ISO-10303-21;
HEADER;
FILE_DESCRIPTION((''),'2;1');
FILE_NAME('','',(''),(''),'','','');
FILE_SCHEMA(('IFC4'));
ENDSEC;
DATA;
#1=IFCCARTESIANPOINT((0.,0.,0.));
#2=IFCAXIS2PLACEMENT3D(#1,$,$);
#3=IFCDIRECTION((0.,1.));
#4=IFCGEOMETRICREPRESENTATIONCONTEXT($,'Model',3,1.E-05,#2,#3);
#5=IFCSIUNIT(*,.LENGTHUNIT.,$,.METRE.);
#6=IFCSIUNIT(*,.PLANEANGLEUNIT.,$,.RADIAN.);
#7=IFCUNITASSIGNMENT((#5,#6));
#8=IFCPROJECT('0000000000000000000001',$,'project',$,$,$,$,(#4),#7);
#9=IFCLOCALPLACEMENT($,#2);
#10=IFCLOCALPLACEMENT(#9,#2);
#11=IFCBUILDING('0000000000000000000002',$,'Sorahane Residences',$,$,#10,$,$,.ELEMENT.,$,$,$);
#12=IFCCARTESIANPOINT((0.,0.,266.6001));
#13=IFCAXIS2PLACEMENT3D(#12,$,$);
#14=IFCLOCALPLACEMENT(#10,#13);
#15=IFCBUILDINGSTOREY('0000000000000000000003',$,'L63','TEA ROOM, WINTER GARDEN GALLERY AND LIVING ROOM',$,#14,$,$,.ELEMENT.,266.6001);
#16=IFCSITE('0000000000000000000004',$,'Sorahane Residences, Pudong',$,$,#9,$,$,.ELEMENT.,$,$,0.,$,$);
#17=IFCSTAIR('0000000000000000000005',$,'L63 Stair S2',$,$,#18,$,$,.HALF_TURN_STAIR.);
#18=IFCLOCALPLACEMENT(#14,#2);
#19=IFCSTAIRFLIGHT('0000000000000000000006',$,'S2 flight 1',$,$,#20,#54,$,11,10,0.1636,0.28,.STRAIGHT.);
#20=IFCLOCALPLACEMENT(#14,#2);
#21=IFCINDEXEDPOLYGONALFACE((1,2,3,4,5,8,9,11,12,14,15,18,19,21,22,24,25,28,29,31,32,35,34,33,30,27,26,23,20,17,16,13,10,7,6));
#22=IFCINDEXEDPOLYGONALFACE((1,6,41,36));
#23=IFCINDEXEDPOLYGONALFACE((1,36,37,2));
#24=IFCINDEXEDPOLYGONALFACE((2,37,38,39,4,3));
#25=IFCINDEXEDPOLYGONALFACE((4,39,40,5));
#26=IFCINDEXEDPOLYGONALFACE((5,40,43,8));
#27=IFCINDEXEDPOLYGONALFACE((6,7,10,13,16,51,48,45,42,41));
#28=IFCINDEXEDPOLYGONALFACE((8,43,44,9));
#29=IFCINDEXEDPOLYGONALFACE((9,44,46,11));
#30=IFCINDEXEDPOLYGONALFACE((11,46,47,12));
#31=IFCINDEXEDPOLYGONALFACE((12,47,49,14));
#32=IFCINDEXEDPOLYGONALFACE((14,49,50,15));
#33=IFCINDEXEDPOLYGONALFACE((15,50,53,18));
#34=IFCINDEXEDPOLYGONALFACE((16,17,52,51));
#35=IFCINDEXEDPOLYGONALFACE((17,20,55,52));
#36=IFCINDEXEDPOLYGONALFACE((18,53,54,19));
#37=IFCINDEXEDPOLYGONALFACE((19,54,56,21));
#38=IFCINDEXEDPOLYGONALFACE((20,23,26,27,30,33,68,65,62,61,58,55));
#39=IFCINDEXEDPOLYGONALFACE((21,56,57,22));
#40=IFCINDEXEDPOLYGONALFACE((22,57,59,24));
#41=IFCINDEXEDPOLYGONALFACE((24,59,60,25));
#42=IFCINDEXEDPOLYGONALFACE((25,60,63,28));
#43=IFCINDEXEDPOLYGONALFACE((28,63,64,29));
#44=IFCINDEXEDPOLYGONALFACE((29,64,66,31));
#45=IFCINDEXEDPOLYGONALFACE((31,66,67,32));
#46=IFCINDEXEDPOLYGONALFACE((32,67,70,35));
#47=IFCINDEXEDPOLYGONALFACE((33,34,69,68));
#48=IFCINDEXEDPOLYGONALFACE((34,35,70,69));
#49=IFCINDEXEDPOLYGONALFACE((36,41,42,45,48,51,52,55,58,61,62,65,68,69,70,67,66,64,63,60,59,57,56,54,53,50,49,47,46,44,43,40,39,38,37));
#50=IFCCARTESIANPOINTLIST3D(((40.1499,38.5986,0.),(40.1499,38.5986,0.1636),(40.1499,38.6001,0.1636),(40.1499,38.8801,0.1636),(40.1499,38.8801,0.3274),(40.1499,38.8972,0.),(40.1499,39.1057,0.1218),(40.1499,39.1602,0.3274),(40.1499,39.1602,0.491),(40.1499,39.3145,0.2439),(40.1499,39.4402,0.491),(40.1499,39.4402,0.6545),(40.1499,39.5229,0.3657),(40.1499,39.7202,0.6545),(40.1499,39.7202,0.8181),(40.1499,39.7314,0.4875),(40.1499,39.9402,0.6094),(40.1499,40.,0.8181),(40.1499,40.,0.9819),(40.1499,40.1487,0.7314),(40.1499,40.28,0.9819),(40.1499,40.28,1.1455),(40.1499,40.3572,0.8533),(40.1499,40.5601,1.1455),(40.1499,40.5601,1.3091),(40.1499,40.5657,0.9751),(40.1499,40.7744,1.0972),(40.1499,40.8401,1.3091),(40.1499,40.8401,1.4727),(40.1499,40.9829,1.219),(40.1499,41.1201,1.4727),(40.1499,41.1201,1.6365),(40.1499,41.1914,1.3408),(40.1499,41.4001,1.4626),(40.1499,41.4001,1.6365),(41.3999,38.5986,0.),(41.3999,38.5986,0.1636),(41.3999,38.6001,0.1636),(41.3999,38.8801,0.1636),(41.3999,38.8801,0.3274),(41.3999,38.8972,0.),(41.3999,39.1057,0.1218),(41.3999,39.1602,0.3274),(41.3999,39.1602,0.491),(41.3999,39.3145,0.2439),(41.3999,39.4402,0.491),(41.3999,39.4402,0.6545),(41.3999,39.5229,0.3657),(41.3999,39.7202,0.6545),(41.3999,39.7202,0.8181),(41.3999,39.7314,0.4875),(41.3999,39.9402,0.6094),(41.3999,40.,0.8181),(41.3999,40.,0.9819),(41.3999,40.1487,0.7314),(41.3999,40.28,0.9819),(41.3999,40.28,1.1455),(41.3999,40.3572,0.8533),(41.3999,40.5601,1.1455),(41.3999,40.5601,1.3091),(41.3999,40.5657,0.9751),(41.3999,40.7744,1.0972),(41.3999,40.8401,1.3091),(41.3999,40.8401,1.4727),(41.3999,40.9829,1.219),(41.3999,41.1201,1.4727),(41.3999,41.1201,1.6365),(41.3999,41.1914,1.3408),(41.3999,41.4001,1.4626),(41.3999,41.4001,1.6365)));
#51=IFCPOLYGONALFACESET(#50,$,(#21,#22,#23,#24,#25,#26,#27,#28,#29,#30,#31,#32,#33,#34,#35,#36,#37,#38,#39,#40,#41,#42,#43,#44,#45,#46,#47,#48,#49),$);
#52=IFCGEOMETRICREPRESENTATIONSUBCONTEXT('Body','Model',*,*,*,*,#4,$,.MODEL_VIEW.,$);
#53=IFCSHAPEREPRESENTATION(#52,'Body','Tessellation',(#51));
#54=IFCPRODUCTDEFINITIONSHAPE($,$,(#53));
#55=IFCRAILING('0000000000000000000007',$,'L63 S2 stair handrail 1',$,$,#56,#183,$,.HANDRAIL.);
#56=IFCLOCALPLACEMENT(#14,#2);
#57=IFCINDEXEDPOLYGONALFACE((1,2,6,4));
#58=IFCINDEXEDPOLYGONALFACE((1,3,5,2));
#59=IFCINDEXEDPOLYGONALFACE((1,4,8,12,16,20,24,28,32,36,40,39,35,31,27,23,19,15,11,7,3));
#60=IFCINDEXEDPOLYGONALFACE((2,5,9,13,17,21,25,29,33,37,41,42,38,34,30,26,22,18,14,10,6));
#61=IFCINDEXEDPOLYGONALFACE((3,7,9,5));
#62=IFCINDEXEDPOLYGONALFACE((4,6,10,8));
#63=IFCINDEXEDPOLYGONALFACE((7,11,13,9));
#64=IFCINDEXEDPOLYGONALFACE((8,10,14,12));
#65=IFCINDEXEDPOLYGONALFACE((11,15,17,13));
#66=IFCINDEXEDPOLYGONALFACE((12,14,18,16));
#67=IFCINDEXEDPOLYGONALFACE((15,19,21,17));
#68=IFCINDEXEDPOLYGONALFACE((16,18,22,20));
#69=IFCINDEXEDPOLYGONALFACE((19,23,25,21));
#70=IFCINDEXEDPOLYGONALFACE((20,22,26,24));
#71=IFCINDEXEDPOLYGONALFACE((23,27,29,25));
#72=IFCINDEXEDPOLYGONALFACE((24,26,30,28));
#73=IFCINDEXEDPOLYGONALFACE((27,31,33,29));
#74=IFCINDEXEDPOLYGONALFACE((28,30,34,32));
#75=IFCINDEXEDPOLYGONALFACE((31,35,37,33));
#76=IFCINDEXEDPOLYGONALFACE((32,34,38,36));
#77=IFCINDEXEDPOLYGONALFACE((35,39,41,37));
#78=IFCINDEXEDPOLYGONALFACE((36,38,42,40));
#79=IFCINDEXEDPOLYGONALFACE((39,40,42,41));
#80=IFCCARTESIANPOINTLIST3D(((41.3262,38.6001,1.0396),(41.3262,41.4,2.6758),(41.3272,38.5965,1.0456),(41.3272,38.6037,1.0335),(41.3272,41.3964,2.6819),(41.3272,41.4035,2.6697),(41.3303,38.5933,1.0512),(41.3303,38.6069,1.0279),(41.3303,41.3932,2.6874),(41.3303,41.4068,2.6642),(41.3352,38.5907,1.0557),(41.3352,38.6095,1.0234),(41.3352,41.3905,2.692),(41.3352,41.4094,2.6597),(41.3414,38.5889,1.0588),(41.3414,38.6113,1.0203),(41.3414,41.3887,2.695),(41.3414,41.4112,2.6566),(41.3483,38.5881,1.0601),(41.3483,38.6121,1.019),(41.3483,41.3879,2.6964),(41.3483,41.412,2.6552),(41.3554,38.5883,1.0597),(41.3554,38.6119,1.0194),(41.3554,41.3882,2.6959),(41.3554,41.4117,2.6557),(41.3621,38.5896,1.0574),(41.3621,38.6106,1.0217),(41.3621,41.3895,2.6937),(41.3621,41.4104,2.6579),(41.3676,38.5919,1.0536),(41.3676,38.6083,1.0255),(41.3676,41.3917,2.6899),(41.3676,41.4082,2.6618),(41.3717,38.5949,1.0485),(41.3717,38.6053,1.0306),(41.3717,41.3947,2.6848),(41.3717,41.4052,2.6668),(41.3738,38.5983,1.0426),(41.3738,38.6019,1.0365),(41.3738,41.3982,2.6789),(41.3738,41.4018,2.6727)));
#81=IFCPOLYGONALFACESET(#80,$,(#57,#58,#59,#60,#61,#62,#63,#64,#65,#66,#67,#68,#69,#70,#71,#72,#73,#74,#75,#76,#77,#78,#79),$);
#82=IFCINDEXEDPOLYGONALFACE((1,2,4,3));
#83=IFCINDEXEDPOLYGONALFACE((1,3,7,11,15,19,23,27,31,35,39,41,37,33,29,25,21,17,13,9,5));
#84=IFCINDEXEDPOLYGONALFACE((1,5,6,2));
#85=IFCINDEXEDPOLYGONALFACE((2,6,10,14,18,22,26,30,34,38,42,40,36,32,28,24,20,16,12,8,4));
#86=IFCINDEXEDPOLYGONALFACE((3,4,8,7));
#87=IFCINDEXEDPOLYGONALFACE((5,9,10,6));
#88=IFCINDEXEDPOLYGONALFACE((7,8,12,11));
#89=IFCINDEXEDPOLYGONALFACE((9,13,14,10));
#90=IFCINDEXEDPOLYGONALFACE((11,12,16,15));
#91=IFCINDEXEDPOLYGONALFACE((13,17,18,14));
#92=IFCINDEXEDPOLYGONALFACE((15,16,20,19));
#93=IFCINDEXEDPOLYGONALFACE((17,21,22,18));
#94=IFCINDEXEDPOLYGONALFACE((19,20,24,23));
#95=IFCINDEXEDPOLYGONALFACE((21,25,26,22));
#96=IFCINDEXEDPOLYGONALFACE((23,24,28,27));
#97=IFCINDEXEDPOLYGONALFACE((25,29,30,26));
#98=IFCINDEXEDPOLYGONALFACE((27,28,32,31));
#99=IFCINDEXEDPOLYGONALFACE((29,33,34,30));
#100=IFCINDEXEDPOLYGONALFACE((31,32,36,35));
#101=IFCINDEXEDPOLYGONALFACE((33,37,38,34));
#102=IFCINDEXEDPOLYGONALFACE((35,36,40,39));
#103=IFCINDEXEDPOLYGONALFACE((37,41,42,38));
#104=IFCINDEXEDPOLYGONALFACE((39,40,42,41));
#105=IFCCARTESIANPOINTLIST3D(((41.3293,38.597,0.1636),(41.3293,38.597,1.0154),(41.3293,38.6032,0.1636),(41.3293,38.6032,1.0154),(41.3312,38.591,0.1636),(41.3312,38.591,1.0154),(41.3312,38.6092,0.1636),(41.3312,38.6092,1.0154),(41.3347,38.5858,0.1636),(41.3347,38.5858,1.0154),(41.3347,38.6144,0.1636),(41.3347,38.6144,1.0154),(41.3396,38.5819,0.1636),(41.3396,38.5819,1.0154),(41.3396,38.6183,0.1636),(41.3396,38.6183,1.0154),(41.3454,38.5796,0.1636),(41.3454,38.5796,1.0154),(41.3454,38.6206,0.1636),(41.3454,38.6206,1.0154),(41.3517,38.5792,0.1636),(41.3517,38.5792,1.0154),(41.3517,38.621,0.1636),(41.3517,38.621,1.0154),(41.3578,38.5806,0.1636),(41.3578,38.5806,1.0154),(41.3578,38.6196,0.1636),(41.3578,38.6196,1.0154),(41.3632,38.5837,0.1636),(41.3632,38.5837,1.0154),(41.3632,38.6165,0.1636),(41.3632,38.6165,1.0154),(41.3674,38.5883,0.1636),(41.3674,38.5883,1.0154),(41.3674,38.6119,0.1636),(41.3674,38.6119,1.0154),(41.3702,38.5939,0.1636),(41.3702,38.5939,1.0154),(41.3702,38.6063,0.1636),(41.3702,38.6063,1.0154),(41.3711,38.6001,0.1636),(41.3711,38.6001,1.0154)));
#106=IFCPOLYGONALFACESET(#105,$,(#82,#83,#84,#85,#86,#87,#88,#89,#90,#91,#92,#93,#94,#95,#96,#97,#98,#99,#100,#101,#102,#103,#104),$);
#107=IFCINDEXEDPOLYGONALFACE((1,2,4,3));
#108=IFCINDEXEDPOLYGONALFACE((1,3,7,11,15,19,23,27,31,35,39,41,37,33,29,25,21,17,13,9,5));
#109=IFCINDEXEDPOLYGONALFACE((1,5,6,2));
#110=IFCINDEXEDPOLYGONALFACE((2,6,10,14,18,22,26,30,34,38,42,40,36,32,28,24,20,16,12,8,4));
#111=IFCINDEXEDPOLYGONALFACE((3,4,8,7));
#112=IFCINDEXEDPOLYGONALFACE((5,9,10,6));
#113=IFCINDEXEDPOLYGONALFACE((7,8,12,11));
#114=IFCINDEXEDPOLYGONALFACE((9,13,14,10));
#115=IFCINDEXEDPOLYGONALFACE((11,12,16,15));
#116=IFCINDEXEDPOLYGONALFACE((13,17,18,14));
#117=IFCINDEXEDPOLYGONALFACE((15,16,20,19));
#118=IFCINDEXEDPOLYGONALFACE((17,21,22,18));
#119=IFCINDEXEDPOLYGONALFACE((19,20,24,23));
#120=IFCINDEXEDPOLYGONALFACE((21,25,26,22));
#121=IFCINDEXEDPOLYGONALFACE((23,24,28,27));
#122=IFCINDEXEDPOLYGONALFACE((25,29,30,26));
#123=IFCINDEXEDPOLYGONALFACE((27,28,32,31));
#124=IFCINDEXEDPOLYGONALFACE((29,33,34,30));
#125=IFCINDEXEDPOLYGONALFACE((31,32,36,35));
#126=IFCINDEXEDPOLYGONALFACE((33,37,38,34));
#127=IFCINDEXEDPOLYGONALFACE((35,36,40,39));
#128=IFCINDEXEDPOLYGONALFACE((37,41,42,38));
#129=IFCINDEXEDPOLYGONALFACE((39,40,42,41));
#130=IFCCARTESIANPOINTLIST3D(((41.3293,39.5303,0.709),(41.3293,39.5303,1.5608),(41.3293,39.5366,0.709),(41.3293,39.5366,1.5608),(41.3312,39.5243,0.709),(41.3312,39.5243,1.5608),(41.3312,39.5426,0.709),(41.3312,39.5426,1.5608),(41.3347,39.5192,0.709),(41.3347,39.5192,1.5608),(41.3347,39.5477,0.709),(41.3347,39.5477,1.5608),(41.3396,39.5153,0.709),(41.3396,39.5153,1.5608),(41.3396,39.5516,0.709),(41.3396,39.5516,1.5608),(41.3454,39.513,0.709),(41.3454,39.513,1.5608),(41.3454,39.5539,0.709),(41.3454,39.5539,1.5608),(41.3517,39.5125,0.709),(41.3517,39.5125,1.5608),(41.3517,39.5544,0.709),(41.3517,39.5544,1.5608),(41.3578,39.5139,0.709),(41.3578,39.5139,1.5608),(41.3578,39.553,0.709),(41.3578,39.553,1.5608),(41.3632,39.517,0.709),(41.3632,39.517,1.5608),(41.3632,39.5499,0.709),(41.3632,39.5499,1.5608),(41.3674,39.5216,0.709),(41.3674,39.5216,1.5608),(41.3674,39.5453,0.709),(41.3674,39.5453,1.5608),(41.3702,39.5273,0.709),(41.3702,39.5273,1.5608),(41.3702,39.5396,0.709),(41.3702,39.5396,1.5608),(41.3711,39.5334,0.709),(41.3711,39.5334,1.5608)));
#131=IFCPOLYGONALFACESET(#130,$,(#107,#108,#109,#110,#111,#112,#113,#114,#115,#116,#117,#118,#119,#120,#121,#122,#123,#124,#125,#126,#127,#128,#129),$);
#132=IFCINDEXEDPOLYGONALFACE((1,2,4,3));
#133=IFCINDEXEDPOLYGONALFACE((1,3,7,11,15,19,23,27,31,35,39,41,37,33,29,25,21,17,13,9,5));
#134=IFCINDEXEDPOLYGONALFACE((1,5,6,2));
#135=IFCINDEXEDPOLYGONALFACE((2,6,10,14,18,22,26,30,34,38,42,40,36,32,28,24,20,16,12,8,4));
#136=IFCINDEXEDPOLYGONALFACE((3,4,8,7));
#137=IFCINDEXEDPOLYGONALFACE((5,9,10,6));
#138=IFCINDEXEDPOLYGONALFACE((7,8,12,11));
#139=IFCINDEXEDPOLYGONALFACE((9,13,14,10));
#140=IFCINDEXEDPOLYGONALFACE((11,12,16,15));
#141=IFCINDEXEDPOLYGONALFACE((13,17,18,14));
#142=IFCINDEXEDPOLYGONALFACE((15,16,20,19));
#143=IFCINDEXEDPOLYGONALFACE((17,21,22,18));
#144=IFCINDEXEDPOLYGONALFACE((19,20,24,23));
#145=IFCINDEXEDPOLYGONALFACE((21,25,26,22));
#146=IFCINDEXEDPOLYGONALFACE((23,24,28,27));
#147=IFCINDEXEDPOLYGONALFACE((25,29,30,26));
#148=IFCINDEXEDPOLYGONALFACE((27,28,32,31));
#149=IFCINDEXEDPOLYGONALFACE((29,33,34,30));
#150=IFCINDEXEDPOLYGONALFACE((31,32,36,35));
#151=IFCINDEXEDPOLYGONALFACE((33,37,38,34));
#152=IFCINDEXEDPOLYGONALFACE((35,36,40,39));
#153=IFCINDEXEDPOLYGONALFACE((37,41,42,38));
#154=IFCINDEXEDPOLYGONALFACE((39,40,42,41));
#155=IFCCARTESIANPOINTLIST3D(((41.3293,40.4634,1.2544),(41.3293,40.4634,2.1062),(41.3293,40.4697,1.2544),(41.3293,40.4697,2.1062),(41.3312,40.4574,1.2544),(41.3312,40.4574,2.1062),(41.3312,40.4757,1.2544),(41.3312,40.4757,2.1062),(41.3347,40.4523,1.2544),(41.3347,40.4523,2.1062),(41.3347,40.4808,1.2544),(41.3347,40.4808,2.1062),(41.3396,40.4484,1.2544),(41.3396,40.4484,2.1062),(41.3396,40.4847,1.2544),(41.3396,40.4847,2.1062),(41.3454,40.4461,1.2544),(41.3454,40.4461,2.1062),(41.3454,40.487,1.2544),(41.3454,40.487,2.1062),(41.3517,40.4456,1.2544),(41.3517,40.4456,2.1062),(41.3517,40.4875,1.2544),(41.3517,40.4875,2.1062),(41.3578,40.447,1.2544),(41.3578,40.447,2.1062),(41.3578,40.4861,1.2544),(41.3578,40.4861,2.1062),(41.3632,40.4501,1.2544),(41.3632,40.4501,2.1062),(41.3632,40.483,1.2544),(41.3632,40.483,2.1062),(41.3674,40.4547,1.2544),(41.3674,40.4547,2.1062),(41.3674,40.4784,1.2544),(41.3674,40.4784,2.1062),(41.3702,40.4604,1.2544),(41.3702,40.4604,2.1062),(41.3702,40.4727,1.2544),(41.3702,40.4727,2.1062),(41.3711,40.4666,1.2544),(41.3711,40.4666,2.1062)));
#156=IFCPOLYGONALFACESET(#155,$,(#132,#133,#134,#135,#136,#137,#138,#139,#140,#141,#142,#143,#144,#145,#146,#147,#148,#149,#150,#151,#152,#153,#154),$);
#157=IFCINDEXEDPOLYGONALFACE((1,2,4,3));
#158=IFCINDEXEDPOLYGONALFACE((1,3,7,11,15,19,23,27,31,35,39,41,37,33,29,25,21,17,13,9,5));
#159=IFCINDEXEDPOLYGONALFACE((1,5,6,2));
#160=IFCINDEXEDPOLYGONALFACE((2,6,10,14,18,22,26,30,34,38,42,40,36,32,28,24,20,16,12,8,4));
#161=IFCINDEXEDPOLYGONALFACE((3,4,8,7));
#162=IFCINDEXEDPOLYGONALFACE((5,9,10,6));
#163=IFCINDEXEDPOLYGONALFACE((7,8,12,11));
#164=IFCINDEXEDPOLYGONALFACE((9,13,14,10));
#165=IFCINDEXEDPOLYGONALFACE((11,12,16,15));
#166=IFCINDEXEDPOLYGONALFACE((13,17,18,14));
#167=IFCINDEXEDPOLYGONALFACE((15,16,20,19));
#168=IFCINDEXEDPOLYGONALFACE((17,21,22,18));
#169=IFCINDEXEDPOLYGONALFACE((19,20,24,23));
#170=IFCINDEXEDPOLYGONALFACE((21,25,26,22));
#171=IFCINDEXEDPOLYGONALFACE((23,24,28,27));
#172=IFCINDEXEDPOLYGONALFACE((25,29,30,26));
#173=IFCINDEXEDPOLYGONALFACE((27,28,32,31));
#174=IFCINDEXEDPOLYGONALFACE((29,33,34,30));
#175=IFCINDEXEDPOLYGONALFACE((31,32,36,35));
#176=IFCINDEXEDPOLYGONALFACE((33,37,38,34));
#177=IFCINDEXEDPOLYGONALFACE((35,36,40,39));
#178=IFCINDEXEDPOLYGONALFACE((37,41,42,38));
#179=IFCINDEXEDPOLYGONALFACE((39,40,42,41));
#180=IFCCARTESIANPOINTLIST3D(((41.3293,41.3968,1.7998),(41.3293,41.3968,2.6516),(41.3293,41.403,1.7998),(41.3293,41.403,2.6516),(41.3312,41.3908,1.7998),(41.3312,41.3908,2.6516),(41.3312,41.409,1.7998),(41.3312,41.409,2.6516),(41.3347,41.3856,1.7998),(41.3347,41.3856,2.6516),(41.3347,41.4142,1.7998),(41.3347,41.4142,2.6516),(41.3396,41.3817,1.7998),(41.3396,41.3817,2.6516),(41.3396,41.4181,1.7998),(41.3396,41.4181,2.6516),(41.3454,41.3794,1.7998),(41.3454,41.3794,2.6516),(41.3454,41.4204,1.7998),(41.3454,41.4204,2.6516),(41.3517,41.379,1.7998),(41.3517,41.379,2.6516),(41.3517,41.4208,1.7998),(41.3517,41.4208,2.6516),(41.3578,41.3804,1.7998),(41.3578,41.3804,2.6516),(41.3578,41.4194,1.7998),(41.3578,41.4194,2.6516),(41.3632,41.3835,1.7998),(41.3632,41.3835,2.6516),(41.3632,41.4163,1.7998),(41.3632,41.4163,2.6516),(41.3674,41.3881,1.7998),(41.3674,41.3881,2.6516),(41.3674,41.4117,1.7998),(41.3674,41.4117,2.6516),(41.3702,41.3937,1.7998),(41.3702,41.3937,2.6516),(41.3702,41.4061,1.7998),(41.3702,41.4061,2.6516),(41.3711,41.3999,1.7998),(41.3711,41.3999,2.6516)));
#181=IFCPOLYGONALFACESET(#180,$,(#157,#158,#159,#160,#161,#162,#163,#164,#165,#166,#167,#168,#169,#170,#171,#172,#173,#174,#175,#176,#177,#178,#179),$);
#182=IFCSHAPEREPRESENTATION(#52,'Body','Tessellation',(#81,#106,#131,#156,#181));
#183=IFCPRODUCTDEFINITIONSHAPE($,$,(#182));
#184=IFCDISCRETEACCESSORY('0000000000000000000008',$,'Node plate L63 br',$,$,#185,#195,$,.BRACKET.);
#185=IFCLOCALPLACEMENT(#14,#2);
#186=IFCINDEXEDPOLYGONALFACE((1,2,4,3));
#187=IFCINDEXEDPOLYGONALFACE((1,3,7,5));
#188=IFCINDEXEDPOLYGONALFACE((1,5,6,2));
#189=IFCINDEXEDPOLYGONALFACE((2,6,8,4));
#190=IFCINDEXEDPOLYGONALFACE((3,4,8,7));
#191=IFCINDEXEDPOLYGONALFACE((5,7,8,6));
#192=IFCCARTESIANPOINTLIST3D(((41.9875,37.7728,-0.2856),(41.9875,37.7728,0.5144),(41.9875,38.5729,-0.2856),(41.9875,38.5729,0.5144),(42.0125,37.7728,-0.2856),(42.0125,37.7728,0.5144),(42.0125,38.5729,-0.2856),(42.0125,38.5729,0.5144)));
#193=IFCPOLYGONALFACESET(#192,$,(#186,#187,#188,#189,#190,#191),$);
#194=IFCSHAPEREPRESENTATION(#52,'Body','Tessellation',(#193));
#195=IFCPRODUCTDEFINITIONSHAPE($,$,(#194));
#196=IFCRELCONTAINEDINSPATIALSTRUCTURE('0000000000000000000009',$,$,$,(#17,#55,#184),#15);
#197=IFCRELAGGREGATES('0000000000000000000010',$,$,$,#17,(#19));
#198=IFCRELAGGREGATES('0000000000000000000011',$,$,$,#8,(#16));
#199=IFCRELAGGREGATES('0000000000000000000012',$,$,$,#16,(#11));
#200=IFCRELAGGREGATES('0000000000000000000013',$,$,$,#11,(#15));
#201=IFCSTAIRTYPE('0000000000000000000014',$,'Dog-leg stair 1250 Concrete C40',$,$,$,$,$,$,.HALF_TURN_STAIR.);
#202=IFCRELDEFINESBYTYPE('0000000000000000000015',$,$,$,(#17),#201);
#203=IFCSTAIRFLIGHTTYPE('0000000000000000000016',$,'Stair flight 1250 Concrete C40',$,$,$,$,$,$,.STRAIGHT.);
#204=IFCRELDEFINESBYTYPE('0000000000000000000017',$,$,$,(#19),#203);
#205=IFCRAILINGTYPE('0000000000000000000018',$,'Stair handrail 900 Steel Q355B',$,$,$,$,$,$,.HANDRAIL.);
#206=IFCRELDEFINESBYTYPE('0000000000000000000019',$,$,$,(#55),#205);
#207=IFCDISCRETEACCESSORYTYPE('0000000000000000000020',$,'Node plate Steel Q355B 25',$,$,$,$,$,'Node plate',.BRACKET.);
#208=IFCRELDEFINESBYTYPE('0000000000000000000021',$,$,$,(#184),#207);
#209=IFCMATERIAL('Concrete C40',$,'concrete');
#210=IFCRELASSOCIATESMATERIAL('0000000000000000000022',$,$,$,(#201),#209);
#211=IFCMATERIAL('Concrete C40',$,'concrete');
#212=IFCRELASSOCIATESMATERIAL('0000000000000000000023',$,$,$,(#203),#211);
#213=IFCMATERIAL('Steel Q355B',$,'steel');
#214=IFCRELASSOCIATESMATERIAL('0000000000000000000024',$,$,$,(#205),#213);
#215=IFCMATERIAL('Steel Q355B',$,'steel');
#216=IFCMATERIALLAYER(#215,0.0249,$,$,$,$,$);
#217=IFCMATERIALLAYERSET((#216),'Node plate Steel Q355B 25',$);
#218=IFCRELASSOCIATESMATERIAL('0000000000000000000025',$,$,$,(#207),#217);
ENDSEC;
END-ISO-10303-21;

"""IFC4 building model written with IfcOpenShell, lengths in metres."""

from ifc_helpers import new_model, si_unit, direction, frame, origin, origin_2d, place, context, subcontext, project, spatial, polyline, rectangle, circle, outline, extrude, material, layer, layer_set, type_object, element, aggregate, save


model = new_model("IFC4")

# Units and contexts
model_context = context("Model", 3, precision=1e-05, world=origin(), true_north=direction((0.0, 1.0)))
body_context = subcontext(model_context, "Body", "Model", "MODEL_VIEW")
ifc_project = project(units=[si_unit("LENGTHUNIT", "METRE"), si_unit("PLANEANGLEUNIT", "RADIAN")], contexts=[model_context])

# Site, building, storey
site_placement = place(None, origin())
site = spatial("IfcSite", under=ifc_project, at=site_placement, Name="Sorahane Residences, Pudong", CompositionType="ELEMENT", RefElevation=0.0)
building_placement = place(site_placement, origin())
building = spatial("IfcBuilding", under=site, at=building_placement, Name="Sorahane Residences", CompositionType="ELEMENT")
storey_placement = place(building_placement, frame((0.0, 0.0, 266.6001)))
storey = spatial("IfcBuildingStorey", under=building, at=storey_placement, Name="L63", Description="TEA ROOM, WINTER GARDEN GALLERY AND LIVING ROOM", CompositionType="ELEMENT", Elevation=266.6001)

# Stair, stair flight
ifc_material_1 = material(Name="Concrete C40", Category="concrete")
stair_type = type_object("IfcStairType", Name="Dog-leg stair 1250 Concrete C40", PredefinedType="HALF_TURN_STAIR", material=ifc_material_1)
stair_placement = place(storey_placement, origin())
stair = element("IfcStair", 1, at=stair_placement, inside=storey, type_object=stair_type, Name="L63 Stair S2", PredefinedType="HALF_TURN_STAIR")
ifc_material_2 = material(Name="Concrete C40", Category="concrete")
stair_flight_type = type_object("IfcStairFlightType", Name="Stair flight 1250 Concrete C40", PredefinedType="STRAIGHT", material=ifc_material_2)
stair_flight_placement = place(storey_placement, frame((40.7749, 38.6001, 0.0), z_axis=(0.0, 0.0, 1.0), x_axis=(0.0, 1.0, 0.0)))
stair_flight = element("IfcStairFlight", 2, at=stair_flight_placement, type_object=stair_flight_type, Name="S2 flight 1", NumberOfRisers=11, NumberOfTreads=10, PredefinedType="STRAIGHT", RiserHeight=0.1636, TreadLength=0.28, context=body_context, shape_type="SweptSolid", body=[
    extrude(outline(polyline([(-0.0015, 0.0), (-0.0015, 0.1636), (0.0, 0.1636), (0.28, 0.1636), (0.28, 0.3274), (0.5601, 0.3274), (0.5601, 0.491), (0.8401, 0.491), (0.8401, 0.6545), (1.1201, 0.6545), (1.1201, 0.8181), (1.3999, 0.8181), (1.3999, 0.9819), (1.6799, 0.9819), (1.6799, 1.1455), (1.96, 1.1455), (1.96, 1.3091), (2.24, 1.3091), (2.24, 1.4727), (2.52, 1.4727), (2.52, 1.6365), (2.8, 1.6365), (2.8, 1.8), (2.8, 1.4626), (2.5913, 1.3408), (2.3828, 1.219), (2.1743, 1.0972), (1.9656, 0.9751), (1.7571, 0.8533), (1.5486, 0.7314), (1.3401, 0.6094), (1.1313, 0.4875), (0.9229, 0.3657), (0.7144, 0.2439), (0.5056, 0.1218), (0.2971, 0.0), (-0.0015, 0.0)])), frame((0.0, 0.625, 0.0), z_axis=(0.0, -1.0, 0.0), x_axis=(1.0, 0.0, 0.0)), (0.0, 0.0, 1.0), 1.25),
])
aggregate(stair, [stair_flight])

# Railing
ifc_material_3 = material(Name="Steel Q355B", Category="steel")
railing_type_1 = type_object("IfcRailingType", Name="Stair handrail 900 Steel Q355B", PredefinedType="HANDRAIL", material=ifc_material_3)
railing_1_placement = place(storey_placement, frame((41.3501, 38.6001, 0.1636)))
element("IfcRailing", 3, at=railing_1_placement, inside=storey, type_object=railing_type_1, Name="L63 S2 stair handrail 1", PredefinedType="HANDRAIL", context=body_context, shape_type="SweptSolid", body=[
    extrude(circle(Radius=0.0239, at=origin_2d()), frame((0.0, 0.0, 0.876), z_axis=(0.0, 0.863374, 0.504564), x_axis=(-1.0, 0.0, 0.0)), (0.0, 0.0, 1.0), 3.2429),
    extrude(circle(Radius=0.021, at=origin_2d()), origin(), (0.0, 0.0, 1.0), 0.8518),
    extrude(circle(Radius=0.021, at=origin_2d()), frame((0.0, 0.9333, 0.5454)), (0.0, 0.0, 1.0), 0.8518),
    extrude(circle(Radius=0.021, at=origin_2d()), frame((0.0, 1.8665, 1.0908)), (0.0, 0.0, 1.0), 0.8518),
    extrude(circle(Radius=0.021, at=origin_2d()), frame((0.0, 2.7998, 1.6362)), (0.0, 0.0, 1.0), 0.8518),
])

# Discrete accessory
ifc_material_4 = material(Name="Steel Q355B", Category="steel")
ifc_layer_1 = layer(ifc_material_4, 0.0249)
ifc_layer_set_1 = layer_set([ifc_layer_1], Name="Node plate Steel Q355B 25")
discrete_accessory_type = type_object("IfcDiscreteAccessoryType", Name="Node plate Steel Q355B 25", ElementType="Node plate", PredefinedType="BRACKET", material=ifc_layer_set_1)
for number, where, z_axis, x_axis, name in (
    (4, (42.0, 38.1729, -0.2856), (0.0, 0.0, 1.0), (0.0, 1.0, 0.0), "Node plate L63 br"),
):
    element("IfcDiscreteAccessory", number, at=place(storey_placement, frame(where, z_axis=z_axis, x_axis=x_axis)), inside=storey, type_object=discrete_accessory_type, Name=name, PredefinedType="BRACKET", context=body_context, shape_type="SweptSolid", body=[
        extrude(rectangle(XDim=0.8, YDim=0.0249, at=origin_2d()), origin(), (0.0, 0.0, 1.0), 0.8),
    ])

save(model, "model.ifc")
